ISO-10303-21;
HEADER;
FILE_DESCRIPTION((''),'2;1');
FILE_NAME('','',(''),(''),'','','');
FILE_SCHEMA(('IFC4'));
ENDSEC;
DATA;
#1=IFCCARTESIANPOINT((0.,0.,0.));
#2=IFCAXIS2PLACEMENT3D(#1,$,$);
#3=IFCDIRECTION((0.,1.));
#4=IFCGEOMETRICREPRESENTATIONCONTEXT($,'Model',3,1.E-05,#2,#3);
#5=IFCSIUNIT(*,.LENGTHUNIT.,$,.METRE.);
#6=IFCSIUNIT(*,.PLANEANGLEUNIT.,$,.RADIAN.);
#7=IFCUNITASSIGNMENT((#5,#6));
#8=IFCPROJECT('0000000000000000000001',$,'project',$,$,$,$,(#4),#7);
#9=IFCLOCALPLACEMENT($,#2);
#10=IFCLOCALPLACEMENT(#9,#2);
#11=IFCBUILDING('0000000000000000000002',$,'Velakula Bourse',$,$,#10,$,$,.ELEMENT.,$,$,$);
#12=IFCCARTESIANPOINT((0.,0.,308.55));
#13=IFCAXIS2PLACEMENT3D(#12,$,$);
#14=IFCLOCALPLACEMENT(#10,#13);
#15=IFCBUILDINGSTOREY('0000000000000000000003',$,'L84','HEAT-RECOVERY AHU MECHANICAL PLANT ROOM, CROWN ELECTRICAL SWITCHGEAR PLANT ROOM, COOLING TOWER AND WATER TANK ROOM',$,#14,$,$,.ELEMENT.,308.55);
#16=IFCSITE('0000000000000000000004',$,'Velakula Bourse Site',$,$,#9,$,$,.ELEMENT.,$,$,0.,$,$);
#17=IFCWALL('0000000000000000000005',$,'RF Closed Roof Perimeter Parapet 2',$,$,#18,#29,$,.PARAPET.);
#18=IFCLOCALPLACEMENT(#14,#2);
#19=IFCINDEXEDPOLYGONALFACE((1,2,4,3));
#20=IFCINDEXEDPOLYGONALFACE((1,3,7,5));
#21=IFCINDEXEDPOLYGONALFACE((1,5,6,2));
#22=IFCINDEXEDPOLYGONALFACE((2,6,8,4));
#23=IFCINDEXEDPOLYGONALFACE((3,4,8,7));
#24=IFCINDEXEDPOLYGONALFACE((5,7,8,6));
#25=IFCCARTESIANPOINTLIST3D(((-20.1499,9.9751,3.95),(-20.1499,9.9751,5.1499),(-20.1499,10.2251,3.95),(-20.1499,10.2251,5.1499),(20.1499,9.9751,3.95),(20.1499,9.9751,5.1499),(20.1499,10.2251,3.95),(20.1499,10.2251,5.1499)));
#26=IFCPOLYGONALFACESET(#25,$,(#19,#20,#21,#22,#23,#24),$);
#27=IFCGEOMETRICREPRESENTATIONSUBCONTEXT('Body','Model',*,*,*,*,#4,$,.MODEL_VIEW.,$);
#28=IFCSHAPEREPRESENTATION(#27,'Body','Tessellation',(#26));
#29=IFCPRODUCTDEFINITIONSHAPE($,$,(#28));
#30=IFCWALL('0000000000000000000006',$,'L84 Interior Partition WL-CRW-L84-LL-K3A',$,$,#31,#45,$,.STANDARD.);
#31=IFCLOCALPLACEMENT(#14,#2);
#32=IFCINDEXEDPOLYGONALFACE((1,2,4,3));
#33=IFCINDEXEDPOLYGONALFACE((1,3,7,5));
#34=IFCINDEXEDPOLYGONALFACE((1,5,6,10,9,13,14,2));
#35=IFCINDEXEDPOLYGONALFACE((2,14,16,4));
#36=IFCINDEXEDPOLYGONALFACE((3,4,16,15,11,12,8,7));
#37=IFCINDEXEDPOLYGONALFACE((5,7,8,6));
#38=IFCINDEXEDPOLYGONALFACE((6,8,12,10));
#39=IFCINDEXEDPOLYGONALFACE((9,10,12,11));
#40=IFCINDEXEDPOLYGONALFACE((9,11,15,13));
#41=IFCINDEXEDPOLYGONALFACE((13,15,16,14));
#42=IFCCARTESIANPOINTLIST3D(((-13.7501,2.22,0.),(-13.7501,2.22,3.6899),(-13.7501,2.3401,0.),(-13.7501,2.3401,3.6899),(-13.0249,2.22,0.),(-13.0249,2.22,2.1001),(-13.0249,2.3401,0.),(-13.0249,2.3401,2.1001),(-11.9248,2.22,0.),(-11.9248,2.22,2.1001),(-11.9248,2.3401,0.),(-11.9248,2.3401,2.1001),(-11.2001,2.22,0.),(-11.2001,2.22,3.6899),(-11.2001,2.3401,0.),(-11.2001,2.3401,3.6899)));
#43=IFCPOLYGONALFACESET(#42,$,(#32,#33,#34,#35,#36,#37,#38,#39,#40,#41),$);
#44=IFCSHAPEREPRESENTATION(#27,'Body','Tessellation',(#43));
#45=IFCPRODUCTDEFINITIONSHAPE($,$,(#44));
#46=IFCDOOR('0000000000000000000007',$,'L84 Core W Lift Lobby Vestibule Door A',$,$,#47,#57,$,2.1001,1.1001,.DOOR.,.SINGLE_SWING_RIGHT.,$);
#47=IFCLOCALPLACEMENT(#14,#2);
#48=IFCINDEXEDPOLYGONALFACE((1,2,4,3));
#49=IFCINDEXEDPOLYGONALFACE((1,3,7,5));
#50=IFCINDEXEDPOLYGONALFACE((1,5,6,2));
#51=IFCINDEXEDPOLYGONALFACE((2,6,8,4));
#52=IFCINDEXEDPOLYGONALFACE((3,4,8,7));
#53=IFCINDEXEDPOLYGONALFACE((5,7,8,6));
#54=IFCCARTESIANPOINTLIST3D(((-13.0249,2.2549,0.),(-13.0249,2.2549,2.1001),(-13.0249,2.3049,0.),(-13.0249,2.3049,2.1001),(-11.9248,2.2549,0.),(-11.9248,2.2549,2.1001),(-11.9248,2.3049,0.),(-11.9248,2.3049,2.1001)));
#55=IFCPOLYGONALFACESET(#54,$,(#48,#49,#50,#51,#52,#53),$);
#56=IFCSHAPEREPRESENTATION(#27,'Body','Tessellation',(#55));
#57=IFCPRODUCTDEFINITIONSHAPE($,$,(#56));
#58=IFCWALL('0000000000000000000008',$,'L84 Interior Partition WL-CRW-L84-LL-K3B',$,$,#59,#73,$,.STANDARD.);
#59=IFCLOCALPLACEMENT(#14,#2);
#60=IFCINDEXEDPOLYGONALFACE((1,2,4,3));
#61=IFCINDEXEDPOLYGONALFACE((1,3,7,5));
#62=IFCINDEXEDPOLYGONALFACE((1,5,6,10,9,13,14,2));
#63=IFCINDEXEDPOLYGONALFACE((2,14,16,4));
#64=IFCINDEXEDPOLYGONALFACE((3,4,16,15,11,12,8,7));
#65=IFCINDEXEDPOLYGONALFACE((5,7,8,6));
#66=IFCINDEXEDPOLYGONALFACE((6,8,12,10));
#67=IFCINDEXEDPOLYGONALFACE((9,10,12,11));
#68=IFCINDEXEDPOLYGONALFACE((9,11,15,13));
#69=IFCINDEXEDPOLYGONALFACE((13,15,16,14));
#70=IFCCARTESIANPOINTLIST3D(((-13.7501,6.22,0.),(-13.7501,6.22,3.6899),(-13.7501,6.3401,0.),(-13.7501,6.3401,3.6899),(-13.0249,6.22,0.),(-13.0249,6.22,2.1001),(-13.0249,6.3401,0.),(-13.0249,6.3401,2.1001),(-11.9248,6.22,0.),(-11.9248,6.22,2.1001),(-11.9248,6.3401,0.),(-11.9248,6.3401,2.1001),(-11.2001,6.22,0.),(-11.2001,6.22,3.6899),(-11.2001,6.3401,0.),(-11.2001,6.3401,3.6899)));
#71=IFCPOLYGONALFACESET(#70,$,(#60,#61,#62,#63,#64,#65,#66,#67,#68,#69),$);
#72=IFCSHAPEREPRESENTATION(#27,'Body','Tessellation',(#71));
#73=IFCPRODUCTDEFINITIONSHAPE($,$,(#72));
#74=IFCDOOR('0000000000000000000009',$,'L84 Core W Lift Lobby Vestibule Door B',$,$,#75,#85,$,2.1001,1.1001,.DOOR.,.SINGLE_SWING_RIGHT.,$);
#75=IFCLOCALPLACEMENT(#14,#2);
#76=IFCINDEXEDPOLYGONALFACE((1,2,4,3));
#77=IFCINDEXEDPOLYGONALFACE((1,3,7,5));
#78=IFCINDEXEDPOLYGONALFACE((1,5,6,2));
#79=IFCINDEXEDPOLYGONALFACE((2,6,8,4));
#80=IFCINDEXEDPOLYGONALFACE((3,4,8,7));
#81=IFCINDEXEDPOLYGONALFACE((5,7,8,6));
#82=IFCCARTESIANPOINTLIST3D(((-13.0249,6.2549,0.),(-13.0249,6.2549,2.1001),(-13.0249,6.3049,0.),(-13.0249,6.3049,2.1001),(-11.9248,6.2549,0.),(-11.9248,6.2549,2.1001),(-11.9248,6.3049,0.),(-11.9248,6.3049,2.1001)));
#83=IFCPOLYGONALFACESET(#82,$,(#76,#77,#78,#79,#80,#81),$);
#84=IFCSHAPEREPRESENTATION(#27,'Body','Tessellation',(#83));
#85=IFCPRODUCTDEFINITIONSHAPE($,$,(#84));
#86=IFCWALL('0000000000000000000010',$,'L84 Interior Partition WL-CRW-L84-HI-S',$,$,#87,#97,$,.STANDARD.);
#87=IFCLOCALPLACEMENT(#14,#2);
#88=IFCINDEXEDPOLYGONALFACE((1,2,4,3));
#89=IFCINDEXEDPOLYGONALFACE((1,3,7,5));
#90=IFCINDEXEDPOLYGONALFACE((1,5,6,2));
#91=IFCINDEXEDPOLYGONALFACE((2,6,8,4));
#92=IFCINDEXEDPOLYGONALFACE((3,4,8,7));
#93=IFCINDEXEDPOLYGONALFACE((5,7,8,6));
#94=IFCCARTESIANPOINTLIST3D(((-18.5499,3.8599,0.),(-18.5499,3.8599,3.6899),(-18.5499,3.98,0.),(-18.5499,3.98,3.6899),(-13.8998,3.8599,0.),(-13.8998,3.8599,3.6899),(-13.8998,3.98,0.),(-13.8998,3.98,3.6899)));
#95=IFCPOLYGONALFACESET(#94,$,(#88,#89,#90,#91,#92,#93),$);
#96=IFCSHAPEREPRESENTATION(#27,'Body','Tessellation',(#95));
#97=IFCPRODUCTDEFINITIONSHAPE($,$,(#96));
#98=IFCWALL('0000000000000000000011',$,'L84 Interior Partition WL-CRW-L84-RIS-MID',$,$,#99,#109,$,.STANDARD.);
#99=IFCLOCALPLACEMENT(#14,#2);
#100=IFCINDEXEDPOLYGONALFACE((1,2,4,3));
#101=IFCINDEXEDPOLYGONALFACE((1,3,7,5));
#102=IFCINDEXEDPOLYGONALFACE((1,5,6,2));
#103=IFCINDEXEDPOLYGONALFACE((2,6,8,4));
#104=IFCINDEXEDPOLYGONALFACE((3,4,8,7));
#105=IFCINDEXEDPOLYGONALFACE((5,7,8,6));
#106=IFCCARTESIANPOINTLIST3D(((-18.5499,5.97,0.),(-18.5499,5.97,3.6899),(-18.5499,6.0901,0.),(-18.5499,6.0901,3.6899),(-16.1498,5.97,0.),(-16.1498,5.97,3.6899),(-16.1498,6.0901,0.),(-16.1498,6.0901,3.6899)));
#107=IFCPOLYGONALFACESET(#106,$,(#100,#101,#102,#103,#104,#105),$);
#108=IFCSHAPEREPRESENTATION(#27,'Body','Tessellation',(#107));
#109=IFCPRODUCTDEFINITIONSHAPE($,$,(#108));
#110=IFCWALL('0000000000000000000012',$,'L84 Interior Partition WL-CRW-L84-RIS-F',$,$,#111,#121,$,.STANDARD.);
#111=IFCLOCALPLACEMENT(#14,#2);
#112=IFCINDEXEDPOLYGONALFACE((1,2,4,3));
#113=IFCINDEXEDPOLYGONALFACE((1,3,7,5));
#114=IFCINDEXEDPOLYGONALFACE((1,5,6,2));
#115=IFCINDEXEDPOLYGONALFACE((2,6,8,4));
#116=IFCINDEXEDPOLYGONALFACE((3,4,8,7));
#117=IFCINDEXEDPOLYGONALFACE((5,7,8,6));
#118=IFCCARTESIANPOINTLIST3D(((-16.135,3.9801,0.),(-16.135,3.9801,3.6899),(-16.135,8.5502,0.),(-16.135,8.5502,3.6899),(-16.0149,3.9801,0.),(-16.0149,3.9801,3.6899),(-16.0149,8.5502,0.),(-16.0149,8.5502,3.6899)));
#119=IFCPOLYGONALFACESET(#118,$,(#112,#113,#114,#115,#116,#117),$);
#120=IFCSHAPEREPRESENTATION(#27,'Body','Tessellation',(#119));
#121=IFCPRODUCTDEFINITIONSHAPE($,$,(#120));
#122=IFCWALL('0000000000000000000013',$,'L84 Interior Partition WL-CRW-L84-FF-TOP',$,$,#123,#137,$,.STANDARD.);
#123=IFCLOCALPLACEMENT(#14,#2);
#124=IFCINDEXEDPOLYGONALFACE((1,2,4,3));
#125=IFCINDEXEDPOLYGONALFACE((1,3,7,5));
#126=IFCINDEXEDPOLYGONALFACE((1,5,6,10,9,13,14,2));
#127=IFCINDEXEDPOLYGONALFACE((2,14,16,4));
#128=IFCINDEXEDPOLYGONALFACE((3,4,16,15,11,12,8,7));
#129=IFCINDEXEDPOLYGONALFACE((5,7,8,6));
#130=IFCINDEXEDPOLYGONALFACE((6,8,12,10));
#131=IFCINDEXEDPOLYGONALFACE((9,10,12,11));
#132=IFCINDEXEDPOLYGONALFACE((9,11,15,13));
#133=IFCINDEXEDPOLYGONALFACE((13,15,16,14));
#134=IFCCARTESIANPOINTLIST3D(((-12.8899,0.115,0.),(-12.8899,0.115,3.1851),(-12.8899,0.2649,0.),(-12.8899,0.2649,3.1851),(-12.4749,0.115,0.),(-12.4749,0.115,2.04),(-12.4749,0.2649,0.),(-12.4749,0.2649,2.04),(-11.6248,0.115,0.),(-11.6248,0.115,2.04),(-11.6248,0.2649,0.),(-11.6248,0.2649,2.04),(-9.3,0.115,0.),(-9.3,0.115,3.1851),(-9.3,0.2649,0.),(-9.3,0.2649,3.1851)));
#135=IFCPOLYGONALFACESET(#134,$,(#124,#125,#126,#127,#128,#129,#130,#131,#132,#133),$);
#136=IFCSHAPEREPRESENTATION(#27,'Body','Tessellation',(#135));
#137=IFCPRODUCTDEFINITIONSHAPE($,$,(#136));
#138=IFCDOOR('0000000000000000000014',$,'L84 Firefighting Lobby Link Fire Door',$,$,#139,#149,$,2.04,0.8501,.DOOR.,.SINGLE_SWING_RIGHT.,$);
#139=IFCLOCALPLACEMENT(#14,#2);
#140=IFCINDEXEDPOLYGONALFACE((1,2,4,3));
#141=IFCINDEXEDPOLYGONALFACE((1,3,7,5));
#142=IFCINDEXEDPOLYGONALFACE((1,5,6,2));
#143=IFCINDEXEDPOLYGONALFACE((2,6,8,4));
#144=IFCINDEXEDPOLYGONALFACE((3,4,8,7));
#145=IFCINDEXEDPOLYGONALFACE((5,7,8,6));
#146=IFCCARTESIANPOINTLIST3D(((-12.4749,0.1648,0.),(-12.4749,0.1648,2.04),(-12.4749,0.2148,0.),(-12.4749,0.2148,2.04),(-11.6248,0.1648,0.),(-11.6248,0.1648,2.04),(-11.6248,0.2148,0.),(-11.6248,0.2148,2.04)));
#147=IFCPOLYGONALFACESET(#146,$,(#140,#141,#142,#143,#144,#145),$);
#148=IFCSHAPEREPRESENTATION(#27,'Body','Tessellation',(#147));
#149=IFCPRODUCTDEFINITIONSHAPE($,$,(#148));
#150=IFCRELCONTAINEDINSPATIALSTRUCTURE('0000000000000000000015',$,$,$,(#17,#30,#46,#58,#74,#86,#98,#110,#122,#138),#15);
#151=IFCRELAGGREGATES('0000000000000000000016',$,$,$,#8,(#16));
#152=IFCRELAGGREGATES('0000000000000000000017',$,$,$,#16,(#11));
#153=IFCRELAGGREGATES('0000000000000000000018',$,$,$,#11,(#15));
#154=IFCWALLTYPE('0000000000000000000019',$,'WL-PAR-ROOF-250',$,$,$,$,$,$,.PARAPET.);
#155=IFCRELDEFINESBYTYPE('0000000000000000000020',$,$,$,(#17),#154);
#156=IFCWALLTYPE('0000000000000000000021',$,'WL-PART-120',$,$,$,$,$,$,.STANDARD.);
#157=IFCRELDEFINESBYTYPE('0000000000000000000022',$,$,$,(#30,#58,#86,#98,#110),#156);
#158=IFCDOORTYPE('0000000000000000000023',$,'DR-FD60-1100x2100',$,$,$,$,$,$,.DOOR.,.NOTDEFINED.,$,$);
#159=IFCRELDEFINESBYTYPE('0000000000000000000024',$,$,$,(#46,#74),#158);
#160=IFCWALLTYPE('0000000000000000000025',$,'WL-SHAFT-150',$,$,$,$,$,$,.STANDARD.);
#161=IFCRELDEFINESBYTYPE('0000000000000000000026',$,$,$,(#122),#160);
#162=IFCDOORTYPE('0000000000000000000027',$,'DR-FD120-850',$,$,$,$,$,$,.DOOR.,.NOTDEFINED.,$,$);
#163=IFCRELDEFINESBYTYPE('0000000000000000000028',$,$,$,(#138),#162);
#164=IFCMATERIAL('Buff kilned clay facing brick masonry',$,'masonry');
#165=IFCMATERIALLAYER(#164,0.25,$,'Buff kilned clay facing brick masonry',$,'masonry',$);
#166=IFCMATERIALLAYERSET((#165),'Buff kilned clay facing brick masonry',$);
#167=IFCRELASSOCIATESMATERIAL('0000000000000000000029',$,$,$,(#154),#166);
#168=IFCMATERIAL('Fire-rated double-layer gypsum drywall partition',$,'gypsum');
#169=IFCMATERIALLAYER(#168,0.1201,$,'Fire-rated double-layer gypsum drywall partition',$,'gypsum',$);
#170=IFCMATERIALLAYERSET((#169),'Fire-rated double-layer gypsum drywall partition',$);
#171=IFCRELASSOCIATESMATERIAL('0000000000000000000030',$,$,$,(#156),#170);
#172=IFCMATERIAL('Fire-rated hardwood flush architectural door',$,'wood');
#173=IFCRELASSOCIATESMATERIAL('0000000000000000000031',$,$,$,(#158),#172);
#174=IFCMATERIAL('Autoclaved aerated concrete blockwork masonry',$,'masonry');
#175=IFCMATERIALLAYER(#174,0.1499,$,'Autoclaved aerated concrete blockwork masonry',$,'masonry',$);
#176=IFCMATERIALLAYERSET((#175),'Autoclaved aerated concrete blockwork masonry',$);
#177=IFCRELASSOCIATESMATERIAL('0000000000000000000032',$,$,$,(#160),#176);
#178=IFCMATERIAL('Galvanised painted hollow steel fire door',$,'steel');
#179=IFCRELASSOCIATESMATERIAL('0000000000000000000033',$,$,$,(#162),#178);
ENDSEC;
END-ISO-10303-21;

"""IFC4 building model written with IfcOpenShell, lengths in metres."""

from ifc_helpers import new_model, si_unit, direction, frame, frame_2d, origin, place, context, subcontext, project, spatial, rectangle, extrude, material, layer, layer_set, type_object, element, fill, save


model = new_model("IFC4")

# Units and contexts
model_context = context("Model", 3, precision=1e-05, world=origin(), true_north=direction((0.0, 1.0)))
body_context = subcontext(model_context, "Body", "Model", "MODEL_VIEW")
ifc_project = project(units=[si_unit("LENGTHUNIT", "METRE"), si_unit("PLANEANGLEUNIT", "RADIAN")], contexts=[model_context])

# Site, building, storey
site_placement = place(None, origin())
site = spatial("IfcSite", under=ifc_project, at=site_placement, Name="Velakula Bourse Site", CompositionType="ELEMENT", RefElevation=0.0)
building_placement = place(site_placement, origin())
building = spatial("IfcBuilding", under=site, at=building_placement, Name="Velakula Bourse", CompositionType="ELEMENT")
storey_placement = place(building_placement, frame((0.0, 0.0, 308.55)))
storey = spatial("IfcBuildingStorey", under=building, at=storey_placement, Name="L84", Description="HEAT-RECOVERY AHU MECHANICAL PLANT ROOM, CROWN ELECTRICAL SWITCHGEAR PLANT ROOM, COOLING TOWER AND WATER TANK ROOM", CompositionType="ELEMENT", Elevation=308.55)

# Wall
ifc_material_1 = material(Name="Buff kilned clay facing brick masonry", Category="masonry")
ifc_layer_1 = layer(ifc_material_1, 0.25, Name="Buff kilned clay facing brick masonry", Category="masonry")
ifc_layer_set_1 = layer_set([ifc_layer_1], Name="Buff kilned clay facing brick masonry")
wall_type_1 = type_object("IfcWallType", Name="WL-PAR-ROOF-250", PredefinedType="PARAPET", material=ifc_layer_set_1)
wall_1_placement = place(storey_placement, frame((-20.1499, 10.1001, 3.95), z_axis=(0.0, 0.0, 1.0), x_axis=(1.0, 0.0, 0.0)))
element("IfcWall", 1, at=wall_1_placement, inside=storey, type_object=wall_type_1, Name="RF Closed Roof Perimeter Parapet 2", PredefinedType="PARAPET", context=body_context, shape_type="SweptSolid", body=[
    extrude(rectangle(XDim=40.2998, YDim=0.25, at=frame_2d((20.1499, 0.0))), origin(), (0.0, 0.0, 1.0), 1.2),
])

# Walls, openings, doors
ifc_material_2 = material(Name="Fire-rated double-layer gypsum drywall partition", Category="gypsum")
ifc_layer_2 = layer(ifc_material_2, 0.1201, Name="Fire-rated double-layer gypsum drywall partition", Category="gypsum")
ifc_layer_set_2 = layer_set([ifc_layer_2], Name="Fire-rated double-layer gypsum drywall partition")
wall_type_2 = type_object("IfcWallType", Name="WL-PART-120", PredefinedType="STANDARD", material=ifc_layer_set_2)
wall_2_placement = place(storey_placement, frame((-13.75, 2.28, 0.0), z_axis=(0.0, 0.0, 1.0), x_axis=(1.0, 0.0, 0.0)))
wall_2 = element("IfcWall", 2, at=wall_2_placement, inside=storey, type_object=wall_type_2, Name="L84 Interior Partition WL-CRW-L84-LL-K3A", PredefinedType="STANDARD", context=body_context, shape_type="SweptSolid", body=[
    extrude(rectangle(XDim=2.55, YDim=0.1201, at=frame_2d((1.2749, 0.0))), origin(), (0.0, 0.0, 1.0), 3.6899),
])
opening_1_placement = place(wall_2_placement, frame((0.7251, 0.0, 0.0)))
opening_1 = element("IfcOpeningElement", 3, at=opening_1_placement, cuts=wall_2, PredefinedType="OPENING", context=body_context, shape_type="SweptSolid", body=[
    extrude(rectangle(XDim=1.1001, YDim=2.1001, at=frame_2d((0.55, 1.05))), frame((0.0, 0.0701, 0.0), z_axis=(0.0, -1.0, 0.0), x_axis=(1.0, 0.0, 0.0)), (0.0, 0.0, 1.0), 0.1401),
])
ifc_material_3 = material(Name="Fire-rated hardwood flush architectural door", Category="wood")
door_type_1 = type_object("IfcDoorType", Name="DR-FD60-1100x2100", OperationType="NOTDEFINED", PredefinedType="DOOR", material=ifc_material_3)
door_1_placement = place(opening_1_placement, origin())
door_1 = element("IfcDoor", 4, at=door_1_placement, inside=storey, type_object=door_type_1, Name="L84 Core W Lift Lobby Vestibule Door A", OperationType="SINGLE_SWING_RIGHT", OverallHeight=2.1001, OverallWidth=1.1001, PredefinedType="DOOR", context=body_context, shape_type="SweptSolid", body=[
    extrude(rectangle(XDim=1.1001, YDim=2.1001, at=frame_2d((0.55, 1.05))), frame((0.0, 0.0249, 0.0), z_axis=(0.0, -1.0, 0.0), x_axis=(1.0, 0.0, 0.0)), (0.0, 0.0, 1.0), 0.05),
])
fill(opening_1, door_1)
wall_3_placement = place(storey_placement, frame((-13.75, 6.28, 0.0), z_axis=(0.0, 0.0, 1.0), x_axis=(1.0, 0.0, 0.0)))
wall_3 = element("IfcWall", 5, at=wall_3_placement, inside=storey, type_object=wall_type_2, Name="L84 Interior Partition WL-CRW-L84-LL-K3B", PredefinedType="STANDARD", context=body_context, shape_type="SweptSolid", body=[
    extrude(rectangle(XDim=2.55, YDim=0.1201, at=frame_2d((1.2749, 0.0))), origin(), (0.0, 0.0, 1.0), 3.6899),
])
opening_2_placement = place(wall_3_placement, frame((0.7251, 0.0, 0.0)))
opening_2 = element("IfcOpeningElement", 6, at=opening_2_placement, cuts=wall_3, PredefinedType="OPENING", context=body_context, shape_type="SweptSolid", body=[
    extrude(rectangle(XDim=1.1001, YDim=2.1001, at=frame_2d((0.55, 1.05))), frame((0.0, 0.0701, 0.0), z_axis=(0.0, -1.0, 0.0), x_axis=(1.0, 0.0, 0.0)), (0.0, 0.0, 1.0), 0.1401),
])
door_2_placement = place(opening_2_placement, origin())
door_2 = element("IfcDoor", 7, at=door_2_placement, inside=storey, type_object=door_type_1, Name="L84 Core W Lift Lobby Vestibule Door B", OperationType="SINGLE_SWING_RIGHT", OverallHeight=2.1001, OverallWidth=1.1001, PredefinedType="DOOR", context=body_context, shape_type="SweptSolid", body=[
    extrude(rectangle(XDim=1.1001, YDim=2.1001, at=frame_2d((0.55, 1.05))), frame((0.0, 0.0249, 0.0), z_axis=(0.0, -1.0, 0.0), x_axis=(1.0, 0.0, 0.0)), (0.0, 0.0, 1.0), 0.05),
])
fill(opening_2, door_2)

# Walls
wall_4_placement = place(storey_placement, frame((-18.55, 3.9199, 0.0), z_axis=(0.0, 0.0, 1.0), x_axis=(1.0, 0.0, 0.0)))
element("IfcWall", 8, at=wall_4_placement, inside=storey, type_object=wall_type_2, Name="L84 Interior Partition WL-CRW-L84-HI-S", PredefinedType="STANDARD", context=body_context, shape_type="SweptSolid", body=[
    extrude(rectangle(XDim=4.6501, YDim=0.1201, at=frame_2d((2.3252, 0.0))), origin(), (0.0, 0.0, 1.0), 3.6899),
])
wall_5_placement = place(storey_placement, frame((-18.55, 6.03, 0.0), z_axis=(0.0, 0.0, 1.0), x_axis=(1.0, 0.0, 0.0)))
element("IfcWall", 9, at=wall_5_placement, inside=storey, type_object=wall_type_2, Name="L84 Interior Partition WL-CRW-L84-RIS-MID", PredefinedType="STANDARD", context=body_context, shape_type="SweptSolid", body=[
    extrude(rectangle(XDim=2.4001, YDim=0.1201, at=frame_2d((1.2002, 0.0))), origin(), (0.0, 0.0, 1.0), 3.6899),
])
wall_6_placement = place(storey_placement, frame((-16.075, 3.98, 0.0), z_axis=(0.0, 0.0, 1.0), x_axis=(0.0, 1.0, 0.0)))
element("IfcWall", 10, at=wall_6_placement, inside=storey, type_object=wall_type_2, Name="L84 Interior Partition WL-CRW-L84-RIS-F", PredefinedType="STANDARD", context=body_context, shape_type="SweptSolid", body=[
    extrude(rectangle(XDim=4.5701, YDim=0.1201, at=frame_2d((2.2852, 0.0))), origin(), (0.0, 0.0, 1.0), 3.6899),
])

# Wall, opening, door
ifc_material_4 = material(Name="Autoclaved aerated concrete blockwork masonry", Category="masonry")
ifc_layer_3 = layer(ifc_material_4, 0.1499, Name="Autoclaved aerated concrete blockwork masonry", Category="masonry")
ifc_layer_set_3 = layer_set([ifc_layer_3], Name="Autoclaved aerated concrete blockwork masonry")
wall_type_3 = type_object("IfcWallType", Name="WL-SHAFT-150", PredefinedType="STANDARD", material=ifc_layer_set_3)
wall_7_placement = place(storey_placement, frame((-12.8899, 0.1899, 0.0), z_axis=(0.0, 0.0, 1.0), x_axis=(1.0, 0.0, 0.0)))
wall_7 = element("IfcWall", 11, at=wall_7_placement, inside=storey, type_object=wall_type_3, Name="L84 Interior Partition WL-CRW-L84-FF-TOP", PredefinedType="STANDARD", context=body_context, shape_type="SweptSolid", body=[
    extrude(rectangle(XDim=3.5898, YDim=0.1499, at=frame_2d((1.7949, 0.0))), origin(), (0.0, 0.0, 1.0), 3.1851),
])
opening_3_placement = place(wall_7_placement, frame((0.415, 0.0, 0.0)))
opening_3 = element("IfcOpeningElement", 12, at=opening_3_placement, cuts=wall_7, PredefinedType="OPENING", context=body_context, shape_type="SweptSolid", body=[
    extrude(rectangle(XDim=0.8501, YDim=2.04, at=frame_2d((0.425, 1.02))), frame((0.0, 0.085, 0.0), z_axis=(0.0, -1.0, 0.0), x_axis=(1.0, 0.0, 0.0)), (0.0, 0.0, 1.0), 0.1699),
])
ifc_material_5 = material(Name="Galvanised painted hollow steel fire door", Category="steel")
door_type_2 = type_object("IfcDoorType", Name="DR-FD120-850", OperationType="NOTDEFINED", PredefinedType="DOOR", material=ifc_material_5)
door_3_placement = place(opening_3_placement, origin())
door_3 = element("IfcDoor", 13, at=door_3_placement, inside=storey, type_object=door_type_2, Name="L84 Firefighting Lobby Link Fire Door", OperationType="SINGLE_SWING_RIGHT", OverallHeight=2.04, OverallWidth=0.8501, PredefinedType="DOOR", context=body_context, shape_type="SweptSolid", body=[
    extrude(rectangle(XDim=0.8501, YDim=2.04, at=frame_2d((0.425, 1.02))), frame((0.0, 0.0249, 0.0), z_axis=(0.0, -1.0, 0.0), x_axis=(1.0, 0.0, 0.0)), (0.0, 0.0, 1.0), 0.05),
])
fill(opening_3, door_3)

save(model, "model.ifc")
